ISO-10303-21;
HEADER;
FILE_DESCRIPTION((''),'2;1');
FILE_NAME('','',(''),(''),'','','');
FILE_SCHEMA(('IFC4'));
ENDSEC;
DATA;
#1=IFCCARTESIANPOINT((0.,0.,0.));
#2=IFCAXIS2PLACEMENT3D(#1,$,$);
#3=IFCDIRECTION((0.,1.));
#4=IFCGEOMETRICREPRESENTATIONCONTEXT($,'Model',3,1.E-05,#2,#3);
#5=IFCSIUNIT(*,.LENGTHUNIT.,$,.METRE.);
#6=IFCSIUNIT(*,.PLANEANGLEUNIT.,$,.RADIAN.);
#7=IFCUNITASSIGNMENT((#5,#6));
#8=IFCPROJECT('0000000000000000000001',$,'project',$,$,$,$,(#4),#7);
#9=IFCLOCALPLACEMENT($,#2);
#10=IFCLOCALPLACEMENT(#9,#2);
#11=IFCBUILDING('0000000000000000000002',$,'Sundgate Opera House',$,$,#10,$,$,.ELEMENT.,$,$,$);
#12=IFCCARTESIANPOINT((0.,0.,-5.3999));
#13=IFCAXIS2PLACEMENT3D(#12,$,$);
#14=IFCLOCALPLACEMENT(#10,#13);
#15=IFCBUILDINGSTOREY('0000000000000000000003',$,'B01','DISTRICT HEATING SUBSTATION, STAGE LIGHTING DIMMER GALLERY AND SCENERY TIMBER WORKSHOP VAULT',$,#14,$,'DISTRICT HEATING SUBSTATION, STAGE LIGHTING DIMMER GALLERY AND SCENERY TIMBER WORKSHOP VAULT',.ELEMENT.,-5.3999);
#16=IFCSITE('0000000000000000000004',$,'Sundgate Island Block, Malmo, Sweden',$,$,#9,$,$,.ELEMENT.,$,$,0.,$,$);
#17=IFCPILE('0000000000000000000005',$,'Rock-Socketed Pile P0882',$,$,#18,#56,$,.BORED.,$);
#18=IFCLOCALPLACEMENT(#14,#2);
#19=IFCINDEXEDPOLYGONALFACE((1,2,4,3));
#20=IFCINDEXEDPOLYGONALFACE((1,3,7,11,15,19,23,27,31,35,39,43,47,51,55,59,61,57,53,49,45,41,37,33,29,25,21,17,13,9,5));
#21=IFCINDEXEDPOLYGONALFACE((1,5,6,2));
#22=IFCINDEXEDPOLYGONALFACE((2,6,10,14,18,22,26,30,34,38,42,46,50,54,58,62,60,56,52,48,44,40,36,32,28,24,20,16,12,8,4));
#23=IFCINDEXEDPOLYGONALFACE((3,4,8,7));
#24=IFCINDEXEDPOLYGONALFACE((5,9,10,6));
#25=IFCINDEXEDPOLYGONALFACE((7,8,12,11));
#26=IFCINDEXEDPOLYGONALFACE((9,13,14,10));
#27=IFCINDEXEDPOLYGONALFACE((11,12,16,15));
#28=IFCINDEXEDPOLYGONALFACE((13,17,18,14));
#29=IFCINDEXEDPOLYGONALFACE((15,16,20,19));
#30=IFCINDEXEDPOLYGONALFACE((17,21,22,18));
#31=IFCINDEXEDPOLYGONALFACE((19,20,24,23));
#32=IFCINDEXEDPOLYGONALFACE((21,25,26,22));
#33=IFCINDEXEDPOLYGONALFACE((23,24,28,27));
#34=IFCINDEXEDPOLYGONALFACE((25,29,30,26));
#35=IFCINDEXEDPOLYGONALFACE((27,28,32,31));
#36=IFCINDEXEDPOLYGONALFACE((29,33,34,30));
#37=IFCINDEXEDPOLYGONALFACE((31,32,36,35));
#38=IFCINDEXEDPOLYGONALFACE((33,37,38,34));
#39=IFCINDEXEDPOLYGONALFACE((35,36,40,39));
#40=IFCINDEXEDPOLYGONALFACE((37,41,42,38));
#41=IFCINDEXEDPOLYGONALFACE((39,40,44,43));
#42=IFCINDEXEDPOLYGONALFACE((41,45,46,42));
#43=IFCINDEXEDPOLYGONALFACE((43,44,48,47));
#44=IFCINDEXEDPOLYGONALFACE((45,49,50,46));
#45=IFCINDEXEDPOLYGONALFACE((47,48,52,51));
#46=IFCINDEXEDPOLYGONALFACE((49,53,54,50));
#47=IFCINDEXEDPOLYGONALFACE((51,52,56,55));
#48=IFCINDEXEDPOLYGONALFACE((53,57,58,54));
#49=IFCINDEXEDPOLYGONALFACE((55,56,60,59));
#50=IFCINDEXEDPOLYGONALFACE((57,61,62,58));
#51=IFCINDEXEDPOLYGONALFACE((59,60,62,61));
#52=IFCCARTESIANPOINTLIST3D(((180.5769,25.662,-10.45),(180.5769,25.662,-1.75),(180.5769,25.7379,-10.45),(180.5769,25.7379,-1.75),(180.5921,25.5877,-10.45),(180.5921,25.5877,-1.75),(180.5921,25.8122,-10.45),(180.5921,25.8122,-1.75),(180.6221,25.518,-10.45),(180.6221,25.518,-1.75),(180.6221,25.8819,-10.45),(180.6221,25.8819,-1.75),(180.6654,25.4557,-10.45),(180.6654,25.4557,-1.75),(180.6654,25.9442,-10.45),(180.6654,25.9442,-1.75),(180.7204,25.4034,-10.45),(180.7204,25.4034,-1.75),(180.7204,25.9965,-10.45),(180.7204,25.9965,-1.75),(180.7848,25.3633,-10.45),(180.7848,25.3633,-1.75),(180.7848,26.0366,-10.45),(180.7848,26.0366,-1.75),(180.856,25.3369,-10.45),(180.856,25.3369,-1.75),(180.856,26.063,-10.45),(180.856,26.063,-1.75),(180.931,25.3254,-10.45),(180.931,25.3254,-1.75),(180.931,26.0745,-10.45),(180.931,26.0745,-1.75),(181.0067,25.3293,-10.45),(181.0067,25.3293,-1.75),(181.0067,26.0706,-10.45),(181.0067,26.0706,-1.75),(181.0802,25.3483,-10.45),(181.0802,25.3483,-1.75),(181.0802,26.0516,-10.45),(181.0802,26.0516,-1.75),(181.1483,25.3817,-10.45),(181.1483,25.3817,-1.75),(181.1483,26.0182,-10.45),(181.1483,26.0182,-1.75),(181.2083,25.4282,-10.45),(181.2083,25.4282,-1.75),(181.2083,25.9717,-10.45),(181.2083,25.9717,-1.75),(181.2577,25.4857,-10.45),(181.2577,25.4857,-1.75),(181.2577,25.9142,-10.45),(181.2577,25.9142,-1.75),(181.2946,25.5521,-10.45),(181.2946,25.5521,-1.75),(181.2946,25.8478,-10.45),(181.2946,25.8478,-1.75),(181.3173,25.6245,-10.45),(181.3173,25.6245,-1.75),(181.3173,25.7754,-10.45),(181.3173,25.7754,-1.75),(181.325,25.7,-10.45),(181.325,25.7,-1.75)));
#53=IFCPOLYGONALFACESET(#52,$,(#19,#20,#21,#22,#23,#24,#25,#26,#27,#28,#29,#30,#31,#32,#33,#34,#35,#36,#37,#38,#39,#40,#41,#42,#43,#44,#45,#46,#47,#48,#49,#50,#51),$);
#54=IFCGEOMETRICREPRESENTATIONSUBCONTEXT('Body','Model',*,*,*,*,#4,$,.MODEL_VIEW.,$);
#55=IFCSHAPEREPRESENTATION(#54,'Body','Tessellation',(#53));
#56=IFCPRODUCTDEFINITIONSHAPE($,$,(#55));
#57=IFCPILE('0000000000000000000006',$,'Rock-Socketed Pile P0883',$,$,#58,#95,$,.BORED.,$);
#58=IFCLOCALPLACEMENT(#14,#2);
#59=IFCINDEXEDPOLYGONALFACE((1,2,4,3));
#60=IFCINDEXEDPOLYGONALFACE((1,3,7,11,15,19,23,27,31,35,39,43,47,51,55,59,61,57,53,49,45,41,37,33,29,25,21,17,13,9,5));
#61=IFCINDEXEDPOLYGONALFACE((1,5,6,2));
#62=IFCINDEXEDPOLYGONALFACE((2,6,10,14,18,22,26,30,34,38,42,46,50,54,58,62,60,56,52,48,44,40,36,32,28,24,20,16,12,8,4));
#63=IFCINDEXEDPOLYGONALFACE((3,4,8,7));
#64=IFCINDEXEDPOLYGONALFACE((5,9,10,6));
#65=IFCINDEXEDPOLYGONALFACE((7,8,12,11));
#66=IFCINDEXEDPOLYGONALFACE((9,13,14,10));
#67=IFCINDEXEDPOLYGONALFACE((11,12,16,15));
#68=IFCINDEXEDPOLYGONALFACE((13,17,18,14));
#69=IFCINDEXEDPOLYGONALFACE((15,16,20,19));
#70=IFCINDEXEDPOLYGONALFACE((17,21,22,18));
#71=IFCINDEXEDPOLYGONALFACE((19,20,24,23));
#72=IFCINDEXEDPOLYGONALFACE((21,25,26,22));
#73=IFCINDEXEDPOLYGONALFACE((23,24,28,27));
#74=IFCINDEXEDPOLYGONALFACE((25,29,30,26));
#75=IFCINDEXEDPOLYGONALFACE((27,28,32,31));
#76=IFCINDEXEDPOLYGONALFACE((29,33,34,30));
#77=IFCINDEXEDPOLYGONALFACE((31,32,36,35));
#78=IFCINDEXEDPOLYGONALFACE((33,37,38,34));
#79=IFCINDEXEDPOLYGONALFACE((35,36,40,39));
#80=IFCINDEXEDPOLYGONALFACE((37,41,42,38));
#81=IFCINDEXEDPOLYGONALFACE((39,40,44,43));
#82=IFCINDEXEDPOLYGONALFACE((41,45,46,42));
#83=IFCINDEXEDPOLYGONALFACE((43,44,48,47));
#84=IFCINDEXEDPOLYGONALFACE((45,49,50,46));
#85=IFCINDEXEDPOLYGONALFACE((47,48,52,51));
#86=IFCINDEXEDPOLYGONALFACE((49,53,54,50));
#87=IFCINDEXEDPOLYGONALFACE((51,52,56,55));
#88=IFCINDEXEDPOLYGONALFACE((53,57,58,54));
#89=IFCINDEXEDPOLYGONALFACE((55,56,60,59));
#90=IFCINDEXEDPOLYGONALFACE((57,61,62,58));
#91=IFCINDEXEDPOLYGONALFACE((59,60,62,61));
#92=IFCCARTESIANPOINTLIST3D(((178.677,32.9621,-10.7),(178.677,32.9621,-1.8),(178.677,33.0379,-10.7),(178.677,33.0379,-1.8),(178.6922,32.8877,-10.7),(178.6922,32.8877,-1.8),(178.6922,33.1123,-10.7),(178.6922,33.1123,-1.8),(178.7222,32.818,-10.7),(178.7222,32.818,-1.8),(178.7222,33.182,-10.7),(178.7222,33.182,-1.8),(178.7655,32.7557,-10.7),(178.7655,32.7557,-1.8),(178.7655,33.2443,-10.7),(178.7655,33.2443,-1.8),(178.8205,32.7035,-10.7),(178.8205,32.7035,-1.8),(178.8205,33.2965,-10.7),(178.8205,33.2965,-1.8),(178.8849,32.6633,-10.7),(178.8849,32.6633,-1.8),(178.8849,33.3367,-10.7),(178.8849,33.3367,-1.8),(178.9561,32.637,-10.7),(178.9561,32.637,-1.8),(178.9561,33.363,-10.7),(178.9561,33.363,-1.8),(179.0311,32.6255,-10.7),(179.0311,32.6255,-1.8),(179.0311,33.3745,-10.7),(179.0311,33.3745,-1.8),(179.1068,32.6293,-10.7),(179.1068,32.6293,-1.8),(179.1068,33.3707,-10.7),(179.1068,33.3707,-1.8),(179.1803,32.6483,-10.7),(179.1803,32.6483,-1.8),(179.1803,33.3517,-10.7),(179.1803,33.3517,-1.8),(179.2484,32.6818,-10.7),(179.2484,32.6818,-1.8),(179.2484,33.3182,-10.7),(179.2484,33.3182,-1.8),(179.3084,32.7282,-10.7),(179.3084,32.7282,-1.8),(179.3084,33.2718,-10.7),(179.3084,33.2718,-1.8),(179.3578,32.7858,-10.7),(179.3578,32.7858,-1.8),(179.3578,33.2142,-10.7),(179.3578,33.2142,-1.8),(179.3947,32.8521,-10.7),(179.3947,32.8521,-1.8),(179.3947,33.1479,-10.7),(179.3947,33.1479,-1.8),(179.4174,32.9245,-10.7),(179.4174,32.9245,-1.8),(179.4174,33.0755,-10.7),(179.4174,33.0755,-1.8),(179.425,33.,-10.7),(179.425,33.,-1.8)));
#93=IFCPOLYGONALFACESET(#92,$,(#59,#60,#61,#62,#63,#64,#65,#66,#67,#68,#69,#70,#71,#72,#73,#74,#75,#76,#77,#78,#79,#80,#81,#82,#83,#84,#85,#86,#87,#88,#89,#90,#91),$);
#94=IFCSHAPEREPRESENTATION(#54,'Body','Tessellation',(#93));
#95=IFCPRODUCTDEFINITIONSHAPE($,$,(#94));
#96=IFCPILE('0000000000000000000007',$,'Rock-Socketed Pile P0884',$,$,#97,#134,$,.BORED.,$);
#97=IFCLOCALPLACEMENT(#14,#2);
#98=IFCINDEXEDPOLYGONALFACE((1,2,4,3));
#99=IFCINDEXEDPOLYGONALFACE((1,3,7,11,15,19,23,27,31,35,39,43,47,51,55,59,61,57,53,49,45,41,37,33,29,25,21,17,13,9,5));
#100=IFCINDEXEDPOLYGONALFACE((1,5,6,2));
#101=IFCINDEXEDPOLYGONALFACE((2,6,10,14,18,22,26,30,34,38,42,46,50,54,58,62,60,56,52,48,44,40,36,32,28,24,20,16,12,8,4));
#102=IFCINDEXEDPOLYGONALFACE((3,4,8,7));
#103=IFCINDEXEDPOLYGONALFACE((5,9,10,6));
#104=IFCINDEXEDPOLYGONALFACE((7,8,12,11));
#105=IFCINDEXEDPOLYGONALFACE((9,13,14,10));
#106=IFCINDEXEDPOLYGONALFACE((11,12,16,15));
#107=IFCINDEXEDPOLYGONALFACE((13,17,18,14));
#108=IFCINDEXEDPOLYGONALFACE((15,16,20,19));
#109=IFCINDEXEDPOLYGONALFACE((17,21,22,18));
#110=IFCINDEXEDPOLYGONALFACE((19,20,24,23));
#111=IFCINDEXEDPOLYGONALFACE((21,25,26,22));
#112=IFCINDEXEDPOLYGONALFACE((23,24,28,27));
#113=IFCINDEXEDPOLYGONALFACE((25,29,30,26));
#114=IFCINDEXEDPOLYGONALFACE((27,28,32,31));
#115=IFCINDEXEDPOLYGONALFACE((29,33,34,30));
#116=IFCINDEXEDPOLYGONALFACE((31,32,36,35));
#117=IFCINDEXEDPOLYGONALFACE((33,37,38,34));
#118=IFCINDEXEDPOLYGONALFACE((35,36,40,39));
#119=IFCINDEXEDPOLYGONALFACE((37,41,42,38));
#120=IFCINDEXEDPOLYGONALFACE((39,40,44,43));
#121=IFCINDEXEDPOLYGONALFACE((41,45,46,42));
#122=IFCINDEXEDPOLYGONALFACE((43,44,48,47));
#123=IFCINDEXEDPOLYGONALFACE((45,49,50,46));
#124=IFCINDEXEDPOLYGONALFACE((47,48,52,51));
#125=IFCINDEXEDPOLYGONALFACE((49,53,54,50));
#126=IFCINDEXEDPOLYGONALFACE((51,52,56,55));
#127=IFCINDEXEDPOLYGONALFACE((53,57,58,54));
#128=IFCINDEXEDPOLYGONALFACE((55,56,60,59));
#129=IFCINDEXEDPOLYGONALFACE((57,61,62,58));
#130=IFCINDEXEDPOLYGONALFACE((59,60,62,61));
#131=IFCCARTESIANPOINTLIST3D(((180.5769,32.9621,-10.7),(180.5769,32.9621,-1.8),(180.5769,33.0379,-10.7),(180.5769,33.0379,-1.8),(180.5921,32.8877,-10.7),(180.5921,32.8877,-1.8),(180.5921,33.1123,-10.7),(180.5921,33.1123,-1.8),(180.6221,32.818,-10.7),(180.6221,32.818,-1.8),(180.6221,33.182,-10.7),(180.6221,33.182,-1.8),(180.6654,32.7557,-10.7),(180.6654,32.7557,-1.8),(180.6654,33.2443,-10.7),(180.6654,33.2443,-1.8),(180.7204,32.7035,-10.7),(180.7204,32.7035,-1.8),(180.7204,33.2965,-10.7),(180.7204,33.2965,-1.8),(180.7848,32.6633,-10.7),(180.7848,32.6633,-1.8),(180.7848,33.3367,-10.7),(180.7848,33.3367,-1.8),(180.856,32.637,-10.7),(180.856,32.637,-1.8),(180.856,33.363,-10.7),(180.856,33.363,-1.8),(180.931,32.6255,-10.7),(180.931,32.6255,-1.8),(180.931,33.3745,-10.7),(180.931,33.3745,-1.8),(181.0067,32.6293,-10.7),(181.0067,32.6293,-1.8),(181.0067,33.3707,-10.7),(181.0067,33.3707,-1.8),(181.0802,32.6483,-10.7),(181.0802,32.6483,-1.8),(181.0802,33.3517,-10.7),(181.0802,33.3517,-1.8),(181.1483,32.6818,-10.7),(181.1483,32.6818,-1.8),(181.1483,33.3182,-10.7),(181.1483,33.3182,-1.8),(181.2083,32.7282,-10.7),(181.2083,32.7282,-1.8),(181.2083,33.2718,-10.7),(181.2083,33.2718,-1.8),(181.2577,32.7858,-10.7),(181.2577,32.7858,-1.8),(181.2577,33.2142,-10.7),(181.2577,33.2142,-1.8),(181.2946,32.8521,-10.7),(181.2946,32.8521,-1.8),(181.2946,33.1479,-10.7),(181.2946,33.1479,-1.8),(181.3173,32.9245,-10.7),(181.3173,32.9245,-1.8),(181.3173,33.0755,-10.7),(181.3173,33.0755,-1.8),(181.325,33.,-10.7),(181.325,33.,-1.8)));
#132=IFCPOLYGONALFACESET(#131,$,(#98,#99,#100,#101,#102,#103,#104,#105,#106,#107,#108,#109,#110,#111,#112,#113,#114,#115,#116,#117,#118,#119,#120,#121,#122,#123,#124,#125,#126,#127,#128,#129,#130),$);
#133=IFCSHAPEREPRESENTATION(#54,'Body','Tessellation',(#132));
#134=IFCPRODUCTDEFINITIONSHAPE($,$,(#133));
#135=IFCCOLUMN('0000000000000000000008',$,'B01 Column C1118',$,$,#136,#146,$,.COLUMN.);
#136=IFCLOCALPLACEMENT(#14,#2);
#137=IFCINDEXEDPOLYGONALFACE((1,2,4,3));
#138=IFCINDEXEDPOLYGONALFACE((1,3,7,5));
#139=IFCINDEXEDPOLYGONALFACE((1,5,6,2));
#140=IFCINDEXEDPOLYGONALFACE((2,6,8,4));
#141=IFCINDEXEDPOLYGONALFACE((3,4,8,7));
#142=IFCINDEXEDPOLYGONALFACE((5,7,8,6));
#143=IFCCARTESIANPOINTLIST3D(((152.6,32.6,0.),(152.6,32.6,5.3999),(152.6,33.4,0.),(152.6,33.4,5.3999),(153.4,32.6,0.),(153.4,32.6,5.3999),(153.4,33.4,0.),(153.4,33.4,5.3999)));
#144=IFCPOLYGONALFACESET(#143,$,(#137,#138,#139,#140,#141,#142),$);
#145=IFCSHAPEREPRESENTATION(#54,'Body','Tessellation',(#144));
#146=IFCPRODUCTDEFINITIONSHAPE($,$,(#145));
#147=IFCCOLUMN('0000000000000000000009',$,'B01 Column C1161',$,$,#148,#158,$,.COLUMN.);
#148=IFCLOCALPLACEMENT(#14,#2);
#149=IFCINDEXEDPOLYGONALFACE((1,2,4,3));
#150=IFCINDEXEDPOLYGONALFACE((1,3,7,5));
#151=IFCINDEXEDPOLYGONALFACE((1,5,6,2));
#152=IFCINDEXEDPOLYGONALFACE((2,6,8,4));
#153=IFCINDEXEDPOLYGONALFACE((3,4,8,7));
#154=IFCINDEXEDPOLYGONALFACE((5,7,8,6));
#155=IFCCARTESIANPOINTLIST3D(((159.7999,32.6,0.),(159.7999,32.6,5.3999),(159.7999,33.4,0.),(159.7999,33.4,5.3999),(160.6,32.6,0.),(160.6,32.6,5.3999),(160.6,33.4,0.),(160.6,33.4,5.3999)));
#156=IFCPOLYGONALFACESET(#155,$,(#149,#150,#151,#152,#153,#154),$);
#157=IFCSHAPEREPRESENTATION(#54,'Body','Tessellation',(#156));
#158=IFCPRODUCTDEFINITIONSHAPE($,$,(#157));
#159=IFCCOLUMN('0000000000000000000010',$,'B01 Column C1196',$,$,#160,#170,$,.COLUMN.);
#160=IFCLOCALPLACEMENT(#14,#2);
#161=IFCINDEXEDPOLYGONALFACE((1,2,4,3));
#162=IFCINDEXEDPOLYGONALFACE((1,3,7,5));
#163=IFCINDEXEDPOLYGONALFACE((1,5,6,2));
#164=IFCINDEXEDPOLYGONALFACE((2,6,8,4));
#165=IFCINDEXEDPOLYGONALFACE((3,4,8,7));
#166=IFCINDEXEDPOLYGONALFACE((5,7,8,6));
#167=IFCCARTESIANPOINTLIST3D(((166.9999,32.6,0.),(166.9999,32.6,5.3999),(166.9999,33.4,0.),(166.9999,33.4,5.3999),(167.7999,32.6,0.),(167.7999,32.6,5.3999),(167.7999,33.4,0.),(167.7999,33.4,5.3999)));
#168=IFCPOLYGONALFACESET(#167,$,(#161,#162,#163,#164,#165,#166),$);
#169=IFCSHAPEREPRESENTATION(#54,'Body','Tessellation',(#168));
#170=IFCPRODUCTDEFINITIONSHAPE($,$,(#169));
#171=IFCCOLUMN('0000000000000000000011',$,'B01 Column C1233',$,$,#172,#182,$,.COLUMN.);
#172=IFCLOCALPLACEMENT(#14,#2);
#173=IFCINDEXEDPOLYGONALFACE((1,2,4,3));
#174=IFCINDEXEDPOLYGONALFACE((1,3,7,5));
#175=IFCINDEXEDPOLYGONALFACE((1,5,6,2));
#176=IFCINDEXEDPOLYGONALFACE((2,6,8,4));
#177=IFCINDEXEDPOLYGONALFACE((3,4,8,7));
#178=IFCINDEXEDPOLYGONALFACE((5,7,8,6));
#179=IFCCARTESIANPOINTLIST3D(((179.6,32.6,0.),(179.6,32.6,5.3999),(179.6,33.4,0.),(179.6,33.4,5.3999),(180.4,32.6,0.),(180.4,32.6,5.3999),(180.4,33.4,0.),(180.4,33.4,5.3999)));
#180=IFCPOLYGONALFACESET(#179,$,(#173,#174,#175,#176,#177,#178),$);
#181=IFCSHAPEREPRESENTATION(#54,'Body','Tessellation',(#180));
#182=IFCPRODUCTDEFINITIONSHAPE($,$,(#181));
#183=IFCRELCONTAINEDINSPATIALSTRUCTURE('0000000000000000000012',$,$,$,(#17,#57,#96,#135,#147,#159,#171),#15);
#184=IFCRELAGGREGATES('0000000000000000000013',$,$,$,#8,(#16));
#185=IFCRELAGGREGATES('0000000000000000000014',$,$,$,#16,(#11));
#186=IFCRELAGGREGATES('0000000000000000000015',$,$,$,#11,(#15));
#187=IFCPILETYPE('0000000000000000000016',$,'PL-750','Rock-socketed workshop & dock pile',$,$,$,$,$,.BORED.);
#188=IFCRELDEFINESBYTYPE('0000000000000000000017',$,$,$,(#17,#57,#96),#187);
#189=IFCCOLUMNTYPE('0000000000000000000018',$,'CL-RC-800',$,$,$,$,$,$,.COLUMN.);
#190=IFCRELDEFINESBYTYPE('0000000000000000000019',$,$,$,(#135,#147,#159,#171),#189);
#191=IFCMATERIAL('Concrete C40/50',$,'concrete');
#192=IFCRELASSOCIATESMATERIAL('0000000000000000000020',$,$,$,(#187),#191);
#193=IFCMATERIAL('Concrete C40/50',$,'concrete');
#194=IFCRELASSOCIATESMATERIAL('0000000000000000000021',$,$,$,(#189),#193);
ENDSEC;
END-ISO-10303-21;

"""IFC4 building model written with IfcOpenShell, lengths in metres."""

from ifc_helpers import new_model, si_unit, direction, frame, origin, origin_2d, place, context, subcontext, project, spatial, rectangle, circle, extrude, material, material_profile, profile_set, type_object, element, save


model = new_model("IFC4")

# Units and contexts
model_context = context("Model", 3, precision=1e-05, world=origin(), true_north=direction((0.0, 1.0)))
body_context = subcontext(model_context, "Body", "Model", "MODEL_VIEW")
ifc_project = project(units=[si_unit("LENGTHUNIT", "METRE"), si_unit("PLANEANGLEUNIT", "RADIAN")], contexts=[model_context])

# Site, building, storey
site_placement = place(None, origin())
site = spatial("IfcSite", under=ifc_project, at=site_placement, Name="Sundgate Island Block, Malmo, Sweden", CompositionType="ELEMENT", RefElevation=0.0)
building_placement = place(site_placement, origin())
building = spatial("IfcBuilding", under=site, at=building_placement, Name="Sundgate Opera House", CompositionType="ELEMENT")
storey_placement = place(building_placement, frame((0.0, 0.0, -5.3999)))
storey = spatial("IfcBuildingStorey", under=building, at=storey_placement, Name="B01", Description="DISTRICT HEATING SUBSTATION, STAGE LIGHTING DIMMER GALLERY AND SCENERY TIMBER WORKSHOP VAULT", LongName="DISTRICT HEATING SUBSTATION, STAGE LIGHTING DIMMER GALLERY AND SCENERY TIMBER WORKSHOP VAULT", CompositionType="ELEMENT", Elevation=-5.3999)

# Piles
ifc_material_1 = material(Name="Concrete C40/50", Category="concrete")
ifc_material_profile_1 = material_profile(ifc_material_1, circle(Radius=0.375, at=origin_2d()), Name="PILE D750")
ifc_profile_set_1 = profile_set([ifc_material_profile_1], Name="Concrete C40/50")
pile_type = type_object("IfcPileType", Name="PL-750", Description="Rock-socketed workshop & dock pile", PredefinedType="BORED", material=ifc_profile_set_1)
for number, where, z_axis, x_axis, name in (
    (1, (180.95, 25.7, -1.75), (0.0, 0.0, -1.0), (1.0, 0.0, 0.0), "Rock-Socketed Pile P0882"),
):
    element("IfcPile", number, at=place(storey_placement, frame(where, z_axis=z_axis, x_axis=x_axis)), inside=storey, type_object=pile_type, Name=name, PredefinedType="BORED", context=body_context, shape_type="SweptSolid", body=[
        extrude(circle(Radius=0.375, at=origin_2d()), origin(), (0.0, 0.0, 1.0), 8.7),
    ])
for number, where, z_axis, x_axis, name in (
    (2, (179.05, 33.0, -1.8), (0.0, 0.0, -1.0), (1.0, 0.0, 0.0), "Rock-Socketed Pile P0883"),
    (3, (180.95, 33.0, -1.8), (0.0, 0.0, -1.0), (1.0, 0.0, 0.0), "Rock-Socketed Pile P0884"),
):
    element("IfcPile", number, at=place(storey_placement, frame(where, z_axis=z_axis, x_axis=x_axis)), inside=storey, type_object=pile_type, Name=name, PredefinedType="BORED", context=body_context, shape_type="SweptSolid", body=[
        extrude(circle(Radius=0.375, at=origin_2d()), origin(), (0.0, 0.0, 1.0), 8.8999),
    ])

# Columns
ifc_material_2 = material(Name="Concrete C40/50", Category="concrete")
ifc_material_profile_2 = material_profile(ifc_material_2, rectangle(XDim=0.8, YDim=0.8, at=origin_2d()), Name="RC 800x800")
ifc_profile_set_2 = profile_set([ifc_material_profile_2], Name="Concrete C40/50")
column_type = type_object("IfcColumnType", Name="CL-RC-800", PredefinedType="COLUMN", material=ifc_profile_set_2)
for number, where, z_axis, x_axis, name in (
    (4, (153.0, 33.0, 0.0), (0.0, 0.0, 1.0), (1.0, 0.0, 0.0), "B01 Column C1118"),
    (5, (160.2, 33.0, 0.0), (0.0, 0.0, 1.0), (1.0, 0.0, 0.0), "B01 Column C1161"),
    (6, (167.3999, 33.0, 0.0), (0.0, 0.0, 1.0), (1.0, 0.0, 0.0), "B01 Column C1196"),
    (7, (180.0, 33.0, 0.0), (0.0, 0.0, 1.0), (1.0, 0.0, 0.0), "B01 Column C1233"),
):
    element("IfcColumn", number, at=place(storey_placement, frame(where, z_axis=z_axis, x_axis=x_axis)), inside=storey, type_object=column_type, Name=name, PredefinedType="COLUMN", context=body_context, shape_type="SweptSolid", body=[
        extrude(rectangle(XDim=0.8, YDim=0.8, at=origin_2d()), origin(), (0.0, 0.0, 1.0), 5.3999),
    ])

save(model, "model.ifc")
